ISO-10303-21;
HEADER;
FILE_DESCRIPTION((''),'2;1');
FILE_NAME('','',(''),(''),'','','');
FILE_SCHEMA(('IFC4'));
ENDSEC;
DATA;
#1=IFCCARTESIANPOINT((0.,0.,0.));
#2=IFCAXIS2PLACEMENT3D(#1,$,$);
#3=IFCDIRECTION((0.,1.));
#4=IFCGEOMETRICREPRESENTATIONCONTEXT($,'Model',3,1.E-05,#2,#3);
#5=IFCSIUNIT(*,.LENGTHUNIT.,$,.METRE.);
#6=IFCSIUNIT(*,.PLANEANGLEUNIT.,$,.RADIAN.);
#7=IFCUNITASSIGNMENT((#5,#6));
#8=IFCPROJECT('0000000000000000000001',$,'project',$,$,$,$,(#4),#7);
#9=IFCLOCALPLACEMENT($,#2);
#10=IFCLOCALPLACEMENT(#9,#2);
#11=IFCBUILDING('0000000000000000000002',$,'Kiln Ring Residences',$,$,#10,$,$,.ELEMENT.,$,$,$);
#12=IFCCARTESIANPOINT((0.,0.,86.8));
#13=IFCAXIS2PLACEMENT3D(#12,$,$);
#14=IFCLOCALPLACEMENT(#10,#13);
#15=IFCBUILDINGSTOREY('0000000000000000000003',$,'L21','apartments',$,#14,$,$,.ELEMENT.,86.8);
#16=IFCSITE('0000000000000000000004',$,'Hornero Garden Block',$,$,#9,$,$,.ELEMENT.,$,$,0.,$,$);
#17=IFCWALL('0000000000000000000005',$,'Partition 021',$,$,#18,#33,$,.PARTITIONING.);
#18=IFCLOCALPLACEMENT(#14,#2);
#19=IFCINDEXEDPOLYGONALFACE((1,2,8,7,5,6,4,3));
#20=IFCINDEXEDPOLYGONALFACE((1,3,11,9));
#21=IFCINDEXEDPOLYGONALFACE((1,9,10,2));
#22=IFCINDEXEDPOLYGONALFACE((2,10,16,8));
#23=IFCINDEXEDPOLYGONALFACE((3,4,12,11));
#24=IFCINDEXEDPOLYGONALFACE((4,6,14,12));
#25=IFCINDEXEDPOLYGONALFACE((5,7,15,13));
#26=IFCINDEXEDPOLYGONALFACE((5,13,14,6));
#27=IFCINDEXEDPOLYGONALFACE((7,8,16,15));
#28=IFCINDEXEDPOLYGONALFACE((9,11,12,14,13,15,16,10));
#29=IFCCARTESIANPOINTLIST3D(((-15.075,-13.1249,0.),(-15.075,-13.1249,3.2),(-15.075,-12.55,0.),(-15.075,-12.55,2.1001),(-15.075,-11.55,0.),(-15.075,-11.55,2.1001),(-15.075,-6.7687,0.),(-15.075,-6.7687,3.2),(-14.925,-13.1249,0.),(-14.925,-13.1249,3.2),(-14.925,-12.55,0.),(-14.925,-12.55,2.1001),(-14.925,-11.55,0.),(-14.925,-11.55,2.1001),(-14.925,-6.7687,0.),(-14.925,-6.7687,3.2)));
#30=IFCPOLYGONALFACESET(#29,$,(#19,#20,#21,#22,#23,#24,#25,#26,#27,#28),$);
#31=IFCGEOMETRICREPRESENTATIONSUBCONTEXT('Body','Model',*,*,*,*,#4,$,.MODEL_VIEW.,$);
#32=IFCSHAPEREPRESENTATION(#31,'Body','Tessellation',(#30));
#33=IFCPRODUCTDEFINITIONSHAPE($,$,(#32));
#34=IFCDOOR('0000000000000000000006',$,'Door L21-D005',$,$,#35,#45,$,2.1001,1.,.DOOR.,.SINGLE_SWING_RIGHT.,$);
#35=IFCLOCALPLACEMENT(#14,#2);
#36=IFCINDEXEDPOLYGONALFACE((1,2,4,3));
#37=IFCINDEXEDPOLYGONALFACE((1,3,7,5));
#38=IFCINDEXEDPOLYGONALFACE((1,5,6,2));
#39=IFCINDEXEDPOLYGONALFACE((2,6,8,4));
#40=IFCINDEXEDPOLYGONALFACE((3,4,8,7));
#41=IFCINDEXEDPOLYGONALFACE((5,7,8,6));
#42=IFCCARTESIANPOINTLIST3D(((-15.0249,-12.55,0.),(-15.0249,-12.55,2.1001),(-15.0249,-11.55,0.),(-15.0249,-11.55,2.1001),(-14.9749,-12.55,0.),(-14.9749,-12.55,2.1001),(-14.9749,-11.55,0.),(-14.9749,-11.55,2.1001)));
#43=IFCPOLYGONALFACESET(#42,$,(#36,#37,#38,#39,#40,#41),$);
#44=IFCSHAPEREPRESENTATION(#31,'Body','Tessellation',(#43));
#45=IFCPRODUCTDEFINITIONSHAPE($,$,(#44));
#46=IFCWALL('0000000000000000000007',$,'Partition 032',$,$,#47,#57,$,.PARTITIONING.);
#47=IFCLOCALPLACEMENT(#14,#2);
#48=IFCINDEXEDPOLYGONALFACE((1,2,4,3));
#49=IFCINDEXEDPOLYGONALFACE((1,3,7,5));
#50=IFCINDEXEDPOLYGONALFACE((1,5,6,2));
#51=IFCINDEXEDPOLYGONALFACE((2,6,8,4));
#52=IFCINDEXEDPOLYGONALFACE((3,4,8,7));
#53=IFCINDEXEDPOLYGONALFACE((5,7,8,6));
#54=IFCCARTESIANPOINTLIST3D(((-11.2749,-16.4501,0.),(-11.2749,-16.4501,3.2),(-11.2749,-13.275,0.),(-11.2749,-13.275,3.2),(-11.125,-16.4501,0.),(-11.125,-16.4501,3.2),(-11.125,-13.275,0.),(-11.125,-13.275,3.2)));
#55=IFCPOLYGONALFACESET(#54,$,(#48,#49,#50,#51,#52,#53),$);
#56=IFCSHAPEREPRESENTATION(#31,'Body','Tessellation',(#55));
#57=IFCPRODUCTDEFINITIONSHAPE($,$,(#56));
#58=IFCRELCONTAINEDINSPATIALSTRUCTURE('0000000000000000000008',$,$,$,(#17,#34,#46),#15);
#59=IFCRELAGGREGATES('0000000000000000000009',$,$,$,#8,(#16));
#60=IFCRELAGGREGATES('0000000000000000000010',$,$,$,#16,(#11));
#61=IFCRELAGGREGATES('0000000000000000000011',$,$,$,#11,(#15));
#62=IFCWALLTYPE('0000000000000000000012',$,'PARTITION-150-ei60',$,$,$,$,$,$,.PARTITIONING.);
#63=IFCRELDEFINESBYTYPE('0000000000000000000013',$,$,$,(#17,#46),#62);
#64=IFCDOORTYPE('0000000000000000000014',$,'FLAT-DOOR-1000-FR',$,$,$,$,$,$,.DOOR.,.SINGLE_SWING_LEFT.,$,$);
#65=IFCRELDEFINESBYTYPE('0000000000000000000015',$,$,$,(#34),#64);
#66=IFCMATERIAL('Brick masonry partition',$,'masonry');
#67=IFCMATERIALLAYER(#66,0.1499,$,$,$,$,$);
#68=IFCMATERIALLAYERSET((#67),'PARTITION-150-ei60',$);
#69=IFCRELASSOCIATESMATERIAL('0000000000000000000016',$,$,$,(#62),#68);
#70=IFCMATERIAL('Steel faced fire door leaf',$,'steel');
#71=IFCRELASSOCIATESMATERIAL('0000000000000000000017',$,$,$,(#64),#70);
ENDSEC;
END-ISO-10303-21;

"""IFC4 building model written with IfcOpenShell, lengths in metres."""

from ifc_helpers import new_model, si_unit, direction, frame, frame_2d, origin, place, context, subcontext, project, spatial, rectangle, extrude, material, layer, layer_set, type_object, element, fill, save


model = new_model("IFC4")

# Units and contexts
model_context = context("Model", 3, precision=1e-05, world=origin(), true_north=direction((0.0, 1.0)))
body_context = subcontext(model_context, "Body", "Model", "MODEL_VIEW")
ifc_project = project(units=[si_unit("LENGTHUNIT", "METRE"), si_unit("PLANEANGLEUNIT", "RADIAN")], contexts=[model_context])

# Site, building, storey
site_placement = place(None, origin())
site = spatial("IfcSite", under=ifc_project, at=site_placement, Name="Hornero Garden Block", CompositionType="ELEMENT", RefElevation=0.0)
building_placement = place(site_placement, origin())
building = spatial("IfcBuilding", under=site, at=building_placement, Name="Kiln Ring Residences", CompositionType="ELEMENT")
storey_placement = place(building_placement, frame((0.0, 0.0, 86.8)))
storey = spatial("IfcBuildingStorey", under=building, at=storey_placement, Name="L21", Description="apartments", CompositionType="ELEMENT", Elevation=86.8)

# Shared definitions
ifc_material_1 = material(Name="Brick masonry partition", Category="masonry")
ifc_layer_1 = layer(ifc_material_1, 0.1499)
ifc_layer_set_1 = layer_set([ifc_layer_1], Name="PARTITION-150-ei60")
wall_type_1 = type_object("IfcWallType", Name="PARTITION-150-ei60", PredefinedType="PARTITIONING", material=ifc_layer_set_1)
ifc_material_2 = material(Name="Steel faced fire door leaf", Category="steel")
door_type = type_object("IfcDoorType", Name="FLAT-DOOR-1000-FR", OperationType="SINGLE_SWING_LEFT", PredefinedType="DOOR", material=ifc_material_2)

# Wall, opening, door
wall_1_placement = place(storey_placement, frame((-15.0, -13.125, 0.0), z_axis=(0.0, 0.0, 1.0), x_axis=(0.0, 1.0, 0.0)))
wall_1 = element("IfcWall", 1, at=wall_1_placement, inside=storey, type_object=wall_type_1, Name="Partition 021", PredefinedType="PARTITIONING", context=body_context, shape_type="SweptSolid", body=[
    extrude(rectangle(XDim=6.3562, YDim=0.1499, at=frame_2d((3.1782, 0.0))), origin(), (0.0, 0.0, 1.0), 3.2),
])
opening_1_placement = place(wall_1_placement, frame((0.575, 0.0, 0.0)))
opening_1 = element("IfcOpeningElement", 2, at=opening_1_placement, cuts=wall_1, PredefinedType="OPENING", context=body_context, shape_type="SweptSolid", body=[
    extrude(rectangle(XDim=1.0, YDim=2.1001, at=frame_2d((0.5, 1.05))), frame((0.0, 0.085, 0.0), z_axis=(0.0, -1.0, 0.0), x_axis=(1.0, 0.0, 0.0)), (0.0, 0.0, 1.0), 0.1699),
])
door_1_placement = place(opening_1_placement, origin())
door_1 = element("IfcDoor", 3, at=door_1_placement, inside=storey, type_object=door_type, Name="Door L21-D005", OperationType="SINGLE_SWING_RIGHT", OverallHeight=2.1001, OverallWidth=1.0, PredefinedType="DOOR", context=body_context, shape_type="SweptSolid", body=[
    extrude(rectangle(XDim=1.0, YDim=2.1001, at=frame_2d((0.5, 1.05))), frame((0.0, 0.0249, 0.0), z_axis=(0.0, -1.0, 0.0), x_axis=(1.0, 0.0, 0.0)), (0.0, 0.0, 1.0), 0.05),
])
fill(opening_1, door_1)

# Wall
wall_2_placement = place(storey_placement, frame((-11.2, -16.45, 0.0), z_axis=(0.0, 0.0, 1.0), x_axis=(0.0, 1.0, 0.0)))
element("IfcWall", 4, at=wall_2_placement, inside=storey, type_object=wall_type_1, Name="Partition 032", PredefinedType="PARTITIONING", context=body_context, shape_type="SweptSolid", body=[
    extrude(rectangle(XDim=3.175, YDim=0.1499, at=frame_2d((1.5874, 0.0))), origin(), (0.0, 0.0, 1.0), 3.2),
])

save(model, "model.ifc")
